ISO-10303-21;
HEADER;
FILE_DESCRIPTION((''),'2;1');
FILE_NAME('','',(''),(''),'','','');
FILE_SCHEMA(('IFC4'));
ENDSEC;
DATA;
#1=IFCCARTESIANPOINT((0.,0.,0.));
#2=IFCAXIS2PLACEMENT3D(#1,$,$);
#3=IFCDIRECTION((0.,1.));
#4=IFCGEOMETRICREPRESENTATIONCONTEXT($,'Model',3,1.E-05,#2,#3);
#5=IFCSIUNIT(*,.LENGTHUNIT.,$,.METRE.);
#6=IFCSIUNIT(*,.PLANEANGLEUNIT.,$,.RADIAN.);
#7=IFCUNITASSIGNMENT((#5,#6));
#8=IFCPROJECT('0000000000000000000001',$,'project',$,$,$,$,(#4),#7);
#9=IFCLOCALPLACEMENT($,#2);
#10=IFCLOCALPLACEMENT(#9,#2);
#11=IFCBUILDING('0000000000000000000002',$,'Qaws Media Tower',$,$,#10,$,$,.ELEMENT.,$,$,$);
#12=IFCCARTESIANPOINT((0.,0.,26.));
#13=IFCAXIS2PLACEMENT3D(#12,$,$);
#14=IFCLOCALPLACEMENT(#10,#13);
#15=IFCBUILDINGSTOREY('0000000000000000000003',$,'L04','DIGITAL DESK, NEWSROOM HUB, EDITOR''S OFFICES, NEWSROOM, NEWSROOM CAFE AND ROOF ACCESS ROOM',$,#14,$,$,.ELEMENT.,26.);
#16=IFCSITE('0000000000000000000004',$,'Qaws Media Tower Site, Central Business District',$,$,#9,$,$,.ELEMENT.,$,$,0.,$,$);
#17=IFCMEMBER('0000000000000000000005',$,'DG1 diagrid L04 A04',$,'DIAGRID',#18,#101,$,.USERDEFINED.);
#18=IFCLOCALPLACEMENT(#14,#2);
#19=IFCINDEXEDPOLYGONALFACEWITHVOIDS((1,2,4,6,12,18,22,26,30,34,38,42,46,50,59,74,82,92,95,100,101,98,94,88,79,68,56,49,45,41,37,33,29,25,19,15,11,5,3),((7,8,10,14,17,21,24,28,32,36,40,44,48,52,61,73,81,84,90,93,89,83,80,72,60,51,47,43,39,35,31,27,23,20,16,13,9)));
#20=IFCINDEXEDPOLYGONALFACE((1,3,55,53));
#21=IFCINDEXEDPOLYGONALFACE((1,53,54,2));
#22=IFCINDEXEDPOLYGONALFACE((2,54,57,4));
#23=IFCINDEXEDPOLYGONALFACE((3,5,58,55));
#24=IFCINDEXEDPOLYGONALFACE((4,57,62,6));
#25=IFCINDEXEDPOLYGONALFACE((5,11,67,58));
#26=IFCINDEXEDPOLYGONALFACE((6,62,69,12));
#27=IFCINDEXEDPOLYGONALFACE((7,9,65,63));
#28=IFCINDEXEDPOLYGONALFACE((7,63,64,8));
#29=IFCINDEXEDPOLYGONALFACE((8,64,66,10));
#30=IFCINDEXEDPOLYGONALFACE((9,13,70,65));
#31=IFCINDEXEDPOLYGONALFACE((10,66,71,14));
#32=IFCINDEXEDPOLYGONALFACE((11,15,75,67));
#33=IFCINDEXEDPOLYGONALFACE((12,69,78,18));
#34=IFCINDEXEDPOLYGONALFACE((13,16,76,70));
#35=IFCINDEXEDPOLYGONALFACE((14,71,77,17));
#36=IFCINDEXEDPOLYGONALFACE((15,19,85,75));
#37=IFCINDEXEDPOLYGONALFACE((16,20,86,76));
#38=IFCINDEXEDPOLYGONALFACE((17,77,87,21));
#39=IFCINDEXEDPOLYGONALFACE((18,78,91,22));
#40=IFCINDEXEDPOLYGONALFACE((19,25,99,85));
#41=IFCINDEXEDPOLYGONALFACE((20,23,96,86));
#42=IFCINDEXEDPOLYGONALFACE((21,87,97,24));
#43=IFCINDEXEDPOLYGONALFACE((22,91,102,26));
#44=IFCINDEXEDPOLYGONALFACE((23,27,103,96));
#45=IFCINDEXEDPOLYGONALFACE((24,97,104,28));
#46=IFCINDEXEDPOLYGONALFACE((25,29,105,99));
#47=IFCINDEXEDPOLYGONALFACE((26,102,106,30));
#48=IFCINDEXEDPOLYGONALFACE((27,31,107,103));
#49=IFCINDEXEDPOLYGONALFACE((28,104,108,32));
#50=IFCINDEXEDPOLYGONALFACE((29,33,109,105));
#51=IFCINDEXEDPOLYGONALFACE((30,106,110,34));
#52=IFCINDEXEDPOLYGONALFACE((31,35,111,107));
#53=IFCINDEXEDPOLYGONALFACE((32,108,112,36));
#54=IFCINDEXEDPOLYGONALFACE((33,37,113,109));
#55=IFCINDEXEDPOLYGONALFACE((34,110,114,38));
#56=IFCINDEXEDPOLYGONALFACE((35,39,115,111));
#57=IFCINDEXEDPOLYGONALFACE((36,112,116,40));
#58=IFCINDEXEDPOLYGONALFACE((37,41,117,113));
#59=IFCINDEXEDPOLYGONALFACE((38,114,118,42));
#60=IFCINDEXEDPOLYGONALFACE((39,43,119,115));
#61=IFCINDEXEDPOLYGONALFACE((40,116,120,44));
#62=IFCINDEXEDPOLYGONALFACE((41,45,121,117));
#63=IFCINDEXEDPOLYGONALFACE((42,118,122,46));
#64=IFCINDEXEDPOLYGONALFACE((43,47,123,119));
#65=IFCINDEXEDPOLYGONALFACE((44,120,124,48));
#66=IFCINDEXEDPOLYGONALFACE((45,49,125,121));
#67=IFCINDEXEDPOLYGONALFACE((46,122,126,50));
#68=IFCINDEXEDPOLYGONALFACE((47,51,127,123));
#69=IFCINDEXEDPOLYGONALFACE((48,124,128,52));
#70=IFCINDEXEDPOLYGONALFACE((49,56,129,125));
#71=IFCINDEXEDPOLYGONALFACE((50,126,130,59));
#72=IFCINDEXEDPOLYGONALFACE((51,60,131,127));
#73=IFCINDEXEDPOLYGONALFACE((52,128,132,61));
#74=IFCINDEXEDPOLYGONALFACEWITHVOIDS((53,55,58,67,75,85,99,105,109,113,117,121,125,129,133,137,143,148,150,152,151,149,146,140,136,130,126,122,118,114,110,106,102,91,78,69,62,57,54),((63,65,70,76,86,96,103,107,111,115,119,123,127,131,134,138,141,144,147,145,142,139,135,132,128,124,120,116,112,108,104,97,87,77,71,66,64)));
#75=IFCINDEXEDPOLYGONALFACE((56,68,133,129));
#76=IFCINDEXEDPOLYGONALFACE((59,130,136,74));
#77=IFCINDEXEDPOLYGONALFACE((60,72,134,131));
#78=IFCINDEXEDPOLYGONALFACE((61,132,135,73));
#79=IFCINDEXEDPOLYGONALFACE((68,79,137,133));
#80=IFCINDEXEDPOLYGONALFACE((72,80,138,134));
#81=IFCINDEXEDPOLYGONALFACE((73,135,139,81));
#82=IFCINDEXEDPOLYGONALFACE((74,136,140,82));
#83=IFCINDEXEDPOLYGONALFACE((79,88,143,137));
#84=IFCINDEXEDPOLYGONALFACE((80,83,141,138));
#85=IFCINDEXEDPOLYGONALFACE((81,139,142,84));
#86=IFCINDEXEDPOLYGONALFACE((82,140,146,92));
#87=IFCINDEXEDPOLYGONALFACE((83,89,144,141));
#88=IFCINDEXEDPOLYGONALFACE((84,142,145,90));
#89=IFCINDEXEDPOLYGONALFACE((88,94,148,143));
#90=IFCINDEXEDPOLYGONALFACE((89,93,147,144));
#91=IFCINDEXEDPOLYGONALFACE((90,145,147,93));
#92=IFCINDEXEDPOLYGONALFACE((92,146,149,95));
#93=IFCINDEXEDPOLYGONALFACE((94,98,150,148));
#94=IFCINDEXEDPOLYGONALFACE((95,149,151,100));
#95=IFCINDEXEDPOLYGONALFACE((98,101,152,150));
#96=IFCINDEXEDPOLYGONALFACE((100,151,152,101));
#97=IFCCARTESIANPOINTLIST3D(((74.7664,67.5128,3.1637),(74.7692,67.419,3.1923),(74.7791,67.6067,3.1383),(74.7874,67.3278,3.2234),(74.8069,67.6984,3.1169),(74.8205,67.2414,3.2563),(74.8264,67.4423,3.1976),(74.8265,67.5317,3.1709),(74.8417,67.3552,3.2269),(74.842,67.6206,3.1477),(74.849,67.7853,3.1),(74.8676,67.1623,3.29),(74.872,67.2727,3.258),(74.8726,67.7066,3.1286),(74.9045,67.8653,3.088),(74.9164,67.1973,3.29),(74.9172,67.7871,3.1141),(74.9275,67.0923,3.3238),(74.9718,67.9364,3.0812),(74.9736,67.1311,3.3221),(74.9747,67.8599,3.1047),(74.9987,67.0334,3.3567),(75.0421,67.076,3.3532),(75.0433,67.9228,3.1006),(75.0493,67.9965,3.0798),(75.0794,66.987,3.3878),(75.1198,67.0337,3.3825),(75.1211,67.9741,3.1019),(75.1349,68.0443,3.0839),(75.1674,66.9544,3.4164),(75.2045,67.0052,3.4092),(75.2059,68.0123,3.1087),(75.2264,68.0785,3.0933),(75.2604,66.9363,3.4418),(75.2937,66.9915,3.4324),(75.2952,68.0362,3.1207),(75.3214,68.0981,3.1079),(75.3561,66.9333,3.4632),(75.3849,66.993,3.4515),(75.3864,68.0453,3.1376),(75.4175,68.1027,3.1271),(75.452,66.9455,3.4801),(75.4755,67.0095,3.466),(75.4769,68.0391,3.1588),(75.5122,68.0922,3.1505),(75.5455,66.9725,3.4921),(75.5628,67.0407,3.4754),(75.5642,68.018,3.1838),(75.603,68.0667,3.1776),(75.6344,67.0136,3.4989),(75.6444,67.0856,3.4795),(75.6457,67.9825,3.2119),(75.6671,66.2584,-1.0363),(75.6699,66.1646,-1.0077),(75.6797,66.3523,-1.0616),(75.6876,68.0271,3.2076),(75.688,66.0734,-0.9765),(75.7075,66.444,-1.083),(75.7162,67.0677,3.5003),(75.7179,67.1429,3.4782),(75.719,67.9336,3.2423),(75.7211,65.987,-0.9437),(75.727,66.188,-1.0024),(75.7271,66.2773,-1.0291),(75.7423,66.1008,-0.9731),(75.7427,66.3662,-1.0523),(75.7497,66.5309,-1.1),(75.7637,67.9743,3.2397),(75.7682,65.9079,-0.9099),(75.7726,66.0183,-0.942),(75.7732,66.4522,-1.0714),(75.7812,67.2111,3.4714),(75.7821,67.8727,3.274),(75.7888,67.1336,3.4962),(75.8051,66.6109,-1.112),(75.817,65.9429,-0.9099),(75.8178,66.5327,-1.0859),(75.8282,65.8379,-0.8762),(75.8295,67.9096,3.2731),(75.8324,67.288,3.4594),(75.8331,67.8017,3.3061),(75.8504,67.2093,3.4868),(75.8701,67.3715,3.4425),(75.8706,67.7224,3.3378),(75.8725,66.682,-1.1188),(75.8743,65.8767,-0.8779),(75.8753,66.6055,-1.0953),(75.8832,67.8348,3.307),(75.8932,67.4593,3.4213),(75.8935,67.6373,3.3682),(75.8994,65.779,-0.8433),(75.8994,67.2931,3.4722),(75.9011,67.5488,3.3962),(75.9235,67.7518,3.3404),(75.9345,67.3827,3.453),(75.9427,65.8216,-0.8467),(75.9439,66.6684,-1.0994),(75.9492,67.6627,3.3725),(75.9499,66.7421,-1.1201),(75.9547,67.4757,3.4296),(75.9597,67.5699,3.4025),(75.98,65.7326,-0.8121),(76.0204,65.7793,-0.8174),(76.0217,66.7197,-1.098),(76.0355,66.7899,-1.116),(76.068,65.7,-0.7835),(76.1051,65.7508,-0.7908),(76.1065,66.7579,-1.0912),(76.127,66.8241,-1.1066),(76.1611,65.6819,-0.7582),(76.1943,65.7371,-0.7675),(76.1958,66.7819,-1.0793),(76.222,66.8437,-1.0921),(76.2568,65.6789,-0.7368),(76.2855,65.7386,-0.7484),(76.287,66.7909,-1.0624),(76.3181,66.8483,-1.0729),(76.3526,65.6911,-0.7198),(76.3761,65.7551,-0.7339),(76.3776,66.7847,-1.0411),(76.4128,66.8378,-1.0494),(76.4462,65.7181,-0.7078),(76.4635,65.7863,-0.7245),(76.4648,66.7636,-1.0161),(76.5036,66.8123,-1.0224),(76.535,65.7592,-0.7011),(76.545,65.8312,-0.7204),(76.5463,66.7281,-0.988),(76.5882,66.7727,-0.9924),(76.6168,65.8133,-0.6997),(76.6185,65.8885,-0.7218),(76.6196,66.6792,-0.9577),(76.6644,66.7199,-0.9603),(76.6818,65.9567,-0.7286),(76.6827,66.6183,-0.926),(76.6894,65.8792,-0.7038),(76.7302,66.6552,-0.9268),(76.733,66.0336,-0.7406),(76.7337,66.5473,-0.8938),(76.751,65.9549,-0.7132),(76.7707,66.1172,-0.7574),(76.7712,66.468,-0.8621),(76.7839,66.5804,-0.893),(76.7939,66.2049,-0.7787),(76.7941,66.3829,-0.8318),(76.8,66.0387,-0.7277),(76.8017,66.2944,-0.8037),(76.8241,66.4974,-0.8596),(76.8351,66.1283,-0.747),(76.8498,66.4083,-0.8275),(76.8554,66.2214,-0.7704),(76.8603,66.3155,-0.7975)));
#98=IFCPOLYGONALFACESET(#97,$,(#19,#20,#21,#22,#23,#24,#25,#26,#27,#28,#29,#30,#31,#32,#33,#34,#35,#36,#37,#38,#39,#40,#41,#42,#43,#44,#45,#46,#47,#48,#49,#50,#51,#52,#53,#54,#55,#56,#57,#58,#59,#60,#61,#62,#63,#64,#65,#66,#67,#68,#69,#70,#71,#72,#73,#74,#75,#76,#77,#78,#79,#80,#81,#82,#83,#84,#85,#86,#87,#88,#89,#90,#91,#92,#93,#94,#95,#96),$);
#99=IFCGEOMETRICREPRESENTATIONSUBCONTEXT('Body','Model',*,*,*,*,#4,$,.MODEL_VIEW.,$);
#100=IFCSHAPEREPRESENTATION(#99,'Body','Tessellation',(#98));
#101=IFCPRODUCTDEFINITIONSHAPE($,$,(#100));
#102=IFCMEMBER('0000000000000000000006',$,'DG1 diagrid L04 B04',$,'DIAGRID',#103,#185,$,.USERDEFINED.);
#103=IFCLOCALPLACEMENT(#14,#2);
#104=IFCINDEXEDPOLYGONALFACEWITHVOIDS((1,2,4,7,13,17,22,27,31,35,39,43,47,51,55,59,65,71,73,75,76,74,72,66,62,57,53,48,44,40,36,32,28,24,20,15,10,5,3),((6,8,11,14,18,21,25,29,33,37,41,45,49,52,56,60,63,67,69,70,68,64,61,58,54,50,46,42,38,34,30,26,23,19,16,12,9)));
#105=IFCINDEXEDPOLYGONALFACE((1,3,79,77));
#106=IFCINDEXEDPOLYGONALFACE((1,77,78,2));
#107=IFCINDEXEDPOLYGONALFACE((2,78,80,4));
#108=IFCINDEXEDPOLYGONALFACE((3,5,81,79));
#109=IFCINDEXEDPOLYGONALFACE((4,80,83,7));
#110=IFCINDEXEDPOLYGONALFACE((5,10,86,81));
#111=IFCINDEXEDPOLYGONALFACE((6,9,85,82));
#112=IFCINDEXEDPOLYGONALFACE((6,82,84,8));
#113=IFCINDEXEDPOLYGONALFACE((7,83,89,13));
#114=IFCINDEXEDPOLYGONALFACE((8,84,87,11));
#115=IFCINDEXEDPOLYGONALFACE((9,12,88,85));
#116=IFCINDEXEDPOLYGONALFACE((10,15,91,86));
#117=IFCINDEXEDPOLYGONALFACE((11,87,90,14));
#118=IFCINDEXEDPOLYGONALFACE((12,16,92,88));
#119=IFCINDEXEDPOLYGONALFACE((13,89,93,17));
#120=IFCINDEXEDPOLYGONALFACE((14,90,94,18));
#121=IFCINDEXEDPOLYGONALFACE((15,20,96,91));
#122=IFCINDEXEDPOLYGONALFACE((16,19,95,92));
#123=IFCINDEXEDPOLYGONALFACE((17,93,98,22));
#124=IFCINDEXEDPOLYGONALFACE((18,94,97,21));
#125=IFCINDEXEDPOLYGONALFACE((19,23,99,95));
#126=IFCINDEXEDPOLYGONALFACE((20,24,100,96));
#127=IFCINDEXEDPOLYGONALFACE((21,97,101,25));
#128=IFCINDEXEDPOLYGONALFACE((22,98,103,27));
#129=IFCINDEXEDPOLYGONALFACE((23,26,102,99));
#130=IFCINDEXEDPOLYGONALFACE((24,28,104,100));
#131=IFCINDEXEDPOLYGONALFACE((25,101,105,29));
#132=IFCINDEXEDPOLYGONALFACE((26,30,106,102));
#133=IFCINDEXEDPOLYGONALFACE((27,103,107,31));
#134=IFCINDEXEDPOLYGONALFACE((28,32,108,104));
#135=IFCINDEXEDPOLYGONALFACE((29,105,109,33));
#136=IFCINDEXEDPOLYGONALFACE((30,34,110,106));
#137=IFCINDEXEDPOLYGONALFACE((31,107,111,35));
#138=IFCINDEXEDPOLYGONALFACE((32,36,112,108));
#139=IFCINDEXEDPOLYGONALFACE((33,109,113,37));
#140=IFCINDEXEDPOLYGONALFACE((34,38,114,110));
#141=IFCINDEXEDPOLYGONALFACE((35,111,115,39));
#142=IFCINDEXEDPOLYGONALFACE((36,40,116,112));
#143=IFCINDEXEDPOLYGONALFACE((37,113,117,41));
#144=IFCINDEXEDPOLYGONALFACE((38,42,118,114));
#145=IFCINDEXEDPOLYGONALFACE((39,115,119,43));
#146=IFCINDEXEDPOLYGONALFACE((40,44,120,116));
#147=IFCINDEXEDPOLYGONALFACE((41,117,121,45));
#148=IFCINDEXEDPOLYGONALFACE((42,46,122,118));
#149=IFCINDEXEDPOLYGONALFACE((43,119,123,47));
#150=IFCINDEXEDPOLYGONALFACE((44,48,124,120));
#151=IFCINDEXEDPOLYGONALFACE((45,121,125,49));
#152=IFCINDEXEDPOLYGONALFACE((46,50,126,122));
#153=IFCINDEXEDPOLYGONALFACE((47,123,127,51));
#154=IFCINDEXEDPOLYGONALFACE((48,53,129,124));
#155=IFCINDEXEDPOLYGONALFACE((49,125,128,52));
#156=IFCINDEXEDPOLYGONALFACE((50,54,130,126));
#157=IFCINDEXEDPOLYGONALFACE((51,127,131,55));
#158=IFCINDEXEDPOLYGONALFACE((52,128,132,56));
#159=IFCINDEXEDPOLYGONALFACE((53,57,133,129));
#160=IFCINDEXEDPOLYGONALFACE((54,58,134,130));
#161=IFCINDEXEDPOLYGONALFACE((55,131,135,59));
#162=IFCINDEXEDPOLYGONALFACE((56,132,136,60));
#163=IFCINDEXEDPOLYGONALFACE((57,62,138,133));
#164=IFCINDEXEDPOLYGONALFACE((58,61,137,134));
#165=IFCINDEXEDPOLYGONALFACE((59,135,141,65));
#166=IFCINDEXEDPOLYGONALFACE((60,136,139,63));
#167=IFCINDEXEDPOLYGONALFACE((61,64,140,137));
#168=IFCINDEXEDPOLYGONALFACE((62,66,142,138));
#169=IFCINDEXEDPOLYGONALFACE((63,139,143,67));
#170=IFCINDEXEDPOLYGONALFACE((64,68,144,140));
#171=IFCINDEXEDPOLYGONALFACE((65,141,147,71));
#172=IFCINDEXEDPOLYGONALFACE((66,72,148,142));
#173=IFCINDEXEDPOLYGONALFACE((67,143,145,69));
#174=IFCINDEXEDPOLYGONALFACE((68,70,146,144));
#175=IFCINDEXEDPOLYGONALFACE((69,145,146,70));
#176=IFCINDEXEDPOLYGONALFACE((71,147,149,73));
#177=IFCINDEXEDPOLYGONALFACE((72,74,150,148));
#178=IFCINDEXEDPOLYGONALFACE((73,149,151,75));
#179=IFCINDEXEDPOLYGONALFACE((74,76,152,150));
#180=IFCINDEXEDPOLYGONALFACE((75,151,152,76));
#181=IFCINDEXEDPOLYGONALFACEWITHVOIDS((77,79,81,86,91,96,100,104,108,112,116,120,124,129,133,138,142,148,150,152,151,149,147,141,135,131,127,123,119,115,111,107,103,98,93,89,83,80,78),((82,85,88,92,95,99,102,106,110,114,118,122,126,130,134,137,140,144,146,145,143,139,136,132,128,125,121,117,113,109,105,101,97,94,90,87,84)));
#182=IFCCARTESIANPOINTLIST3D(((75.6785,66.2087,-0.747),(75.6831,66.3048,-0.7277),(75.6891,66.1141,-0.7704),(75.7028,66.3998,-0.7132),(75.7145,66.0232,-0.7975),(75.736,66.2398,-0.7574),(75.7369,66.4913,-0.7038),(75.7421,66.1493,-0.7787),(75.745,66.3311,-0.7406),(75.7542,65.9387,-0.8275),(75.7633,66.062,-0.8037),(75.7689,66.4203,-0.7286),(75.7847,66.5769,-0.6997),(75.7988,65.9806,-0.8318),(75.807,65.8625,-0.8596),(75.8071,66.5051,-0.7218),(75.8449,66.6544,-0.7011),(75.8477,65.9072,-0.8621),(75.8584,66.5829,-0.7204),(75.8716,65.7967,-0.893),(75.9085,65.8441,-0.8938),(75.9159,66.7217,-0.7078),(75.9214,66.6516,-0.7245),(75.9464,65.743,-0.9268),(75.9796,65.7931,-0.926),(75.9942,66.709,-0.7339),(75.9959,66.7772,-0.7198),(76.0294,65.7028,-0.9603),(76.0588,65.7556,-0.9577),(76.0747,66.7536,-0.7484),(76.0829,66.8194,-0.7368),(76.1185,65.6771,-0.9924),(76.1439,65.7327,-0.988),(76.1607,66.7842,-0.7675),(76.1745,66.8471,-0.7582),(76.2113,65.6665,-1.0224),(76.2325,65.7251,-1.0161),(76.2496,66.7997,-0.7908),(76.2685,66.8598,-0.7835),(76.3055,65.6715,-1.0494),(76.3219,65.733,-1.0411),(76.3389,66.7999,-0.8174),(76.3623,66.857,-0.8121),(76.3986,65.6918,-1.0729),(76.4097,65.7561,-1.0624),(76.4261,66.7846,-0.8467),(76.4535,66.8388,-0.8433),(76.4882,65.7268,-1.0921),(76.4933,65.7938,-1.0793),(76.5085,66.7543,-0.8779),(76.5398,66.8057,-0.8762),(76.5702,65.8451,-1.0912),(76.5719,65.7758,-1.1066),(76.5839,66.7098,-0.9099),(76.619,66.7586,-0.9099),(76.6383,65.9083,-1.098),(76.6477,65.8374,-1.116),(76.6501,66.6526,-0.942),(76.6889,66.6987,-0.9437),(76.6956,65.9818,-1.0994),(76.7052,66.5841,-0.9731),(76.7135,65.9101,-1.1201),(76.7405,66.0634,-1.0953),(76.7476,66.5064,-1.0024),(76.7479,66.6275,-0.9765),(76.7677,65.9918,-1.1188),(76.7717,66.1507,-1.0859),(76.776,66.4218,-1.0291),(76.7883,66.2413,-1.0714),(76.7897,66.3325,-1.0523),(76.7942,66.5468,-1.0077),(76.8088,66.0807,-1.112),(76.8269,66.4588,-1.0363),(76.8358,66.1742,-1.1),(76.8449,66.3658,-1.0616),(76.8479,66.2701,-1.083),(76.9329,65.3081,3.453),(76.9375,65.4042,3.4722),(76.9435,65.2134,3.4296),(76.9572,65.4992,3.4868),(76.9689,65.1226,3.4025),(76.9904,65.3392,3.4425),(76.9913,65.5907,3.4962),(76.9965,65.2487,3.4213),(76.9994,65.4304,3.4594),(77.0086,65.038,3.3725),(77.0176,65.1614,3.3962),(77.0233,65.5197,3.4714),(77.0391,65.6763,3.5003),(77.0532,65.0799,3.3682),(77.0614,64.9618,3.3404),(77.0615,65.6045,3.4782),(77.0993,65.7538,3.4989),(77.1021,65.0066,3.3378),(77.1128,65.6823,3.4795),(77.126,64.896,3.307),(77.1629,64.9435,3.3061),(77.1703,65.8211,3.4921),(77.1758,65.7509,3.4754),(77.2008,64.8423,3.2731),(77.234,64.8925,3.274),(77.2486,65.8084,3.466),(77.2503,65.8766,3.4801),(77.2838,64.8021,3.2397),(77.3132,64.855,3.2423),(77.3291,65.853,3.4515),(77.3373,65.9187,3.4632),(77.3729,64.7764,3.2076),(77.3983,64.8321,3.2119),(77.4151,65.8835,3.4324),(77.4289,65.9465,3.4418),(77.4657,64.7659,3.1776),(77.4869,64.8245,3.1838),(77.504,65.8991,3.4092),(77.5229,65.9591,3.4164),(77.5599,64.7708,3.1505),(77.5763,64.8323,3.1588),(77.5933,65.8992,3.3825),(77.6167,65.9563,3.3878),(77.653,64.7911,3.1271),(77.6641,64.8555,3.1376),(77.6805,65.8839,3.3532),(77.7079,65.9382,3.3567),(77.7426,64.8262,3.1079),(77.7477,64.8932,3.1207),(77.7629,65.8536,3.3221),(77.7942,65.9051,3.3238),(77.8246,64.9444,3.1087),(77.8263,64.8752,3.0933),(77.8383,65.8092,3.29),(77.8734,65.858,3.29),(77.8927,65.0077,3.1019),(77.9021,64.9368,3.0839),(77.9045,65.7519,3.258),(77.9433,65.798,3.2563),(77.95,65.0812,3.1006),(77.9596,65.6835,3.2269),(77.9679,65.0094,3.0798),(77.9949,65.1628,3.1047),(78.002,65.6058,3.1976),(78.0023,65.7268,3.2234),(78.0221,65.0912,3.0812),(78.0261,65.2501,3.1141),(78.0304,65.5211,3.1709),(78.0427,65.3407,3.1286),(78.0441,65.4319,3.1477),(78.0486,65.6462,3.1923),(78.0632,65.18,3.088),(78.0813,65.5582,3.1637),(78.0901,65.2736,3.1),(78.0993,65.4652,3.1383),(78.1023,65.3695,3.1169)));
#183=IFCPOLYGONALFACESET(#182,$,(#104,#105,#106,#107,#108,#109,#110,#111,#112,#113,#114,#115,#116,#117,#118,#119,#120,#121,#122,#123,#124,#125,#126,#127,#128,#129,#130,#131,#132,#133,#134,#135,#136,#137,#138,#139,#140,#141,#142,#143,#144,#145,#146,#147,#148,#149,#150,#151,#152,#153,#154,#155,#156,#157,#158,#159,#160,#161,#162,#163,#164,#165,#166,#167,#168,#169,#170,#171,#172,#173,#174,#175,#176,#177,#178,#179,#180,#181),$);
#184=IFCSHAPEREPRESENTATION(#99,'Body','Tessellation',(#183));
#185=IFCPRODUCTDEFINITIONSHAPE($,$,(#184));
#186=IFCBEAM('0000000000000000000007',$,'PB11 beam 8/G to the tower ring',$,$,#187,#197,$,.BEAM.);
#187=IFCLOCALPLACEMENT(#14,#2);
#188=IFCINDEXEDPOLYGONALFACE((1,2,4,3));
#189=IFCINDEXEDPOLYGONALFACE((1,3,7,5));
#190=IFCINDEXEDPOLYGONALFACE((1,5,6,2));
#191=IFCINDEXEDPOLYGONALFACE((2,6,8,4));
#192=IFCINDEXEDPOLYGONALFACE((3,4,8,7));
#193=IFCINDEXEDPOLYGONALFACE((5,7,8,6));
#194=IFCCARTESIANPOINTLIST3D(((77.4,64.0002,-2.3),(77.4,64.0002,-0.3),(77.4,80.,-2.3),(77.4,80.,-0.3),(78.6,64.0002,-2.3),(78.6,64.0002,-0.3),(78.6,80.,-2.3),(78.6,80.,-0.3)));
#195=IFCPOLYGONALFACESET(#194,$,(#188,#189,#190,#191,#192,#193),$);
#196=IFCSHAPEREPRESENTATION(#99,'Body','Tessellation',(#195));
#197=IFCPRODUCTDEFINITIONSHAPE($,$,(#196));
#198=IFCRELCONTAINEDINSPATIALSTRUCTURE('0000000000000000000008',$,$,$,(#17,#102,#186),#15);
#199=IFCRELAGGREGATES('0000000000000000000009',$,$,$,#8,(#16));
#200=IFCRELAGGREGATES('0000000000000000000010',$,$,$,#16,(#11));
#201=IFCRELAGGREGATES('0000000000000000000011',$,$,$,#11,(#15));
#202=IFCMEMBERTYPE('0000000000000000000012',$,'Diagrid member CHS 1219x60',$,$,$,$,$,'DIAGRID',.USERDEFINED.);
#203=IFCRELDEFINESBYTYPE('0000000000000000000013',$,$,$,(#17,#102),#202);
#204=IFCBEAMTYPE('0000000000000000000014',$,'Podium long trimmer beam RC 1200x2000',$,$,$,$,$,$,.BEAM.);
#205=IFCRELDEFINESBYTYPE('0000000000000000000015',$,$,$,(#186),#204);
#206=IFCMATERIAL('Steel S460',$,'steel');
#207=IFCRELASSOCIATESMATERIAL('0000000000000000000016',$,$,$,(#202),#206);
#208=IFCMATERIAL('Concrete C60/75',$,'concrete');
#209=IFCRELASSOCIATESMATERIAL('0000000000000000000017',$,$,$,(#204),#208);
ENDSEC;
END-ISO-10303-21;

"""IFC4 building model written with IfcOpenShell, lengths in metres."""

from ifc_helpers import new_model, si_unit, direction, frame, origin, origin_2d, place, context, subcontext, project, spatial, rectangle, hollow_circle, extrude, material, material_profile, profile_set, type_object, element, save


model = new_model("IFC4")

# Units and contexts
model_context = context("Model", 3, precision=1e-05, world=origin(), true_north=direction((0.0, 1.0)))
body_context = subcontext(model_context, "Body", "Model", "MODEL_VIEW")
ifc_project = project(units=[si_unit("LENGTHUNIT", "METRE"), si_unit("PLANEANGLEUNIT", "RADIAN")], contexts=[model_context])

# Site, building, storey
site_placement = place(None, origin())
site = spatial("IfcSite", under=ifc_project, at=site_placement, Name="Qaws Media Tower Site, Central Business District", CompositionType="ELEMENT", RefElevation=0.0)
building_placement = place(site_placement, origin())
building = spatial("IfcBuilding", under=site, at=building_placement, Name="Qaws Media Tower", CompositionType="ELEMENT")
storey_placement = place(building_placement, frame((0.0, 0.0, 26.0)))
storey = spatial("IfcBuildingStorey", under=building, at=storey_placement, Name="L04", Description="DIGITAL DESK, NEWSROOM HUB, EDITOR'S OFFICES, NEWSROOM, NEWSROOM CAFE AND ROOF ACCESS ROOM", CompositionType="ELEMENT", Elevation=26.0)

# Members
ifc_material_1 = material(Name="Steel S460", Category="steel")
ifc_material_profile_1 = material_profile(ifc_material_1, hollow_circle(Radius=0.6096, WallThickness=0.0601, at=origin_2d()), Name="CHS 1219x60")
ifc_profile_set_1 = profile_set([ifc_material_profile_1], Name="Steel S460")
member_type_1 = type_object("IfcMemberType", Name="Diagrid member CHS 1219x60", ElementType="DIAGRID", PredefinedType="USERDEFINED", material=ifc_profile_set_1)
for number, where, z_axis, x_axis, name in (
    (1, (76.2634, 66.2634, -0.9099), (-0.201266, 0.280321, 0.938569), (-0.81231, -0.583226, 0.0), "DG1 diagrid L04 A04"),
    (2, (76.2634, 66.2634, -0.9099), (0.280321, -0.201266, 0.938569), (0.583226, 0.81231, 0.0), "DG1 diagrid L04 B04"),
):
    element("IfcMember", number, at=place(storey_placement, frame(where, z_axis=z_axis, x_axis=x_axis)), inside=storey, type_object=member_type_1, Name=name, ObjectType="DIAGRID", PredefinedType="USERDEFINED", context=body_context, shape_type="SweptSolid", body=[
        extrude(hollow_circle(Radius=0.6096, WallThickness=0.0601, at=origin_2d()), origin(), (0.0, 0.0, 1.0), 4.4749),
    ])

# Beam
ifc_material_2 = material(Name="Concrete C60/75", Category="concrete")
ifc_material_profile_2 = material_profile(ifc_material_2, rectangle(XDim=1.2, YDim=2.0, at=origin_2d()), Name="RC 1200x2000")
ifc_profile_set_2 = profile_set([ifc_material_profile_2], Name="Concrete C60/75")
beam_type_1 = type_object("IfcBeamType", Name="Podium long trimmer beam RC 1200x2000", PredefinedType="BEAM", material=ifc_profile_set_2)
beam_1_placement = place(storey_placement, frame((78.0, 80.0, -1.3), z_axis=(0.0, -1.0, 0.0), x_axis=(1.0, 0.0, 0.0)))
element("IfcBeam", 3, at=beam_1_placement, inside=storey, type_object=beam_type_1, Name="PB11 beam 8/G to the tower ring", PredefinedType="BEAM", context=body_context, shape_type="SweptSolid", body=[
    extrude(rectangle(XDim=1.2, YDim=2.0, at=origin_2d()), origin(), (0.0, 0.0, 1.0), 15.9998),
])

save(model, "model.ifc")
